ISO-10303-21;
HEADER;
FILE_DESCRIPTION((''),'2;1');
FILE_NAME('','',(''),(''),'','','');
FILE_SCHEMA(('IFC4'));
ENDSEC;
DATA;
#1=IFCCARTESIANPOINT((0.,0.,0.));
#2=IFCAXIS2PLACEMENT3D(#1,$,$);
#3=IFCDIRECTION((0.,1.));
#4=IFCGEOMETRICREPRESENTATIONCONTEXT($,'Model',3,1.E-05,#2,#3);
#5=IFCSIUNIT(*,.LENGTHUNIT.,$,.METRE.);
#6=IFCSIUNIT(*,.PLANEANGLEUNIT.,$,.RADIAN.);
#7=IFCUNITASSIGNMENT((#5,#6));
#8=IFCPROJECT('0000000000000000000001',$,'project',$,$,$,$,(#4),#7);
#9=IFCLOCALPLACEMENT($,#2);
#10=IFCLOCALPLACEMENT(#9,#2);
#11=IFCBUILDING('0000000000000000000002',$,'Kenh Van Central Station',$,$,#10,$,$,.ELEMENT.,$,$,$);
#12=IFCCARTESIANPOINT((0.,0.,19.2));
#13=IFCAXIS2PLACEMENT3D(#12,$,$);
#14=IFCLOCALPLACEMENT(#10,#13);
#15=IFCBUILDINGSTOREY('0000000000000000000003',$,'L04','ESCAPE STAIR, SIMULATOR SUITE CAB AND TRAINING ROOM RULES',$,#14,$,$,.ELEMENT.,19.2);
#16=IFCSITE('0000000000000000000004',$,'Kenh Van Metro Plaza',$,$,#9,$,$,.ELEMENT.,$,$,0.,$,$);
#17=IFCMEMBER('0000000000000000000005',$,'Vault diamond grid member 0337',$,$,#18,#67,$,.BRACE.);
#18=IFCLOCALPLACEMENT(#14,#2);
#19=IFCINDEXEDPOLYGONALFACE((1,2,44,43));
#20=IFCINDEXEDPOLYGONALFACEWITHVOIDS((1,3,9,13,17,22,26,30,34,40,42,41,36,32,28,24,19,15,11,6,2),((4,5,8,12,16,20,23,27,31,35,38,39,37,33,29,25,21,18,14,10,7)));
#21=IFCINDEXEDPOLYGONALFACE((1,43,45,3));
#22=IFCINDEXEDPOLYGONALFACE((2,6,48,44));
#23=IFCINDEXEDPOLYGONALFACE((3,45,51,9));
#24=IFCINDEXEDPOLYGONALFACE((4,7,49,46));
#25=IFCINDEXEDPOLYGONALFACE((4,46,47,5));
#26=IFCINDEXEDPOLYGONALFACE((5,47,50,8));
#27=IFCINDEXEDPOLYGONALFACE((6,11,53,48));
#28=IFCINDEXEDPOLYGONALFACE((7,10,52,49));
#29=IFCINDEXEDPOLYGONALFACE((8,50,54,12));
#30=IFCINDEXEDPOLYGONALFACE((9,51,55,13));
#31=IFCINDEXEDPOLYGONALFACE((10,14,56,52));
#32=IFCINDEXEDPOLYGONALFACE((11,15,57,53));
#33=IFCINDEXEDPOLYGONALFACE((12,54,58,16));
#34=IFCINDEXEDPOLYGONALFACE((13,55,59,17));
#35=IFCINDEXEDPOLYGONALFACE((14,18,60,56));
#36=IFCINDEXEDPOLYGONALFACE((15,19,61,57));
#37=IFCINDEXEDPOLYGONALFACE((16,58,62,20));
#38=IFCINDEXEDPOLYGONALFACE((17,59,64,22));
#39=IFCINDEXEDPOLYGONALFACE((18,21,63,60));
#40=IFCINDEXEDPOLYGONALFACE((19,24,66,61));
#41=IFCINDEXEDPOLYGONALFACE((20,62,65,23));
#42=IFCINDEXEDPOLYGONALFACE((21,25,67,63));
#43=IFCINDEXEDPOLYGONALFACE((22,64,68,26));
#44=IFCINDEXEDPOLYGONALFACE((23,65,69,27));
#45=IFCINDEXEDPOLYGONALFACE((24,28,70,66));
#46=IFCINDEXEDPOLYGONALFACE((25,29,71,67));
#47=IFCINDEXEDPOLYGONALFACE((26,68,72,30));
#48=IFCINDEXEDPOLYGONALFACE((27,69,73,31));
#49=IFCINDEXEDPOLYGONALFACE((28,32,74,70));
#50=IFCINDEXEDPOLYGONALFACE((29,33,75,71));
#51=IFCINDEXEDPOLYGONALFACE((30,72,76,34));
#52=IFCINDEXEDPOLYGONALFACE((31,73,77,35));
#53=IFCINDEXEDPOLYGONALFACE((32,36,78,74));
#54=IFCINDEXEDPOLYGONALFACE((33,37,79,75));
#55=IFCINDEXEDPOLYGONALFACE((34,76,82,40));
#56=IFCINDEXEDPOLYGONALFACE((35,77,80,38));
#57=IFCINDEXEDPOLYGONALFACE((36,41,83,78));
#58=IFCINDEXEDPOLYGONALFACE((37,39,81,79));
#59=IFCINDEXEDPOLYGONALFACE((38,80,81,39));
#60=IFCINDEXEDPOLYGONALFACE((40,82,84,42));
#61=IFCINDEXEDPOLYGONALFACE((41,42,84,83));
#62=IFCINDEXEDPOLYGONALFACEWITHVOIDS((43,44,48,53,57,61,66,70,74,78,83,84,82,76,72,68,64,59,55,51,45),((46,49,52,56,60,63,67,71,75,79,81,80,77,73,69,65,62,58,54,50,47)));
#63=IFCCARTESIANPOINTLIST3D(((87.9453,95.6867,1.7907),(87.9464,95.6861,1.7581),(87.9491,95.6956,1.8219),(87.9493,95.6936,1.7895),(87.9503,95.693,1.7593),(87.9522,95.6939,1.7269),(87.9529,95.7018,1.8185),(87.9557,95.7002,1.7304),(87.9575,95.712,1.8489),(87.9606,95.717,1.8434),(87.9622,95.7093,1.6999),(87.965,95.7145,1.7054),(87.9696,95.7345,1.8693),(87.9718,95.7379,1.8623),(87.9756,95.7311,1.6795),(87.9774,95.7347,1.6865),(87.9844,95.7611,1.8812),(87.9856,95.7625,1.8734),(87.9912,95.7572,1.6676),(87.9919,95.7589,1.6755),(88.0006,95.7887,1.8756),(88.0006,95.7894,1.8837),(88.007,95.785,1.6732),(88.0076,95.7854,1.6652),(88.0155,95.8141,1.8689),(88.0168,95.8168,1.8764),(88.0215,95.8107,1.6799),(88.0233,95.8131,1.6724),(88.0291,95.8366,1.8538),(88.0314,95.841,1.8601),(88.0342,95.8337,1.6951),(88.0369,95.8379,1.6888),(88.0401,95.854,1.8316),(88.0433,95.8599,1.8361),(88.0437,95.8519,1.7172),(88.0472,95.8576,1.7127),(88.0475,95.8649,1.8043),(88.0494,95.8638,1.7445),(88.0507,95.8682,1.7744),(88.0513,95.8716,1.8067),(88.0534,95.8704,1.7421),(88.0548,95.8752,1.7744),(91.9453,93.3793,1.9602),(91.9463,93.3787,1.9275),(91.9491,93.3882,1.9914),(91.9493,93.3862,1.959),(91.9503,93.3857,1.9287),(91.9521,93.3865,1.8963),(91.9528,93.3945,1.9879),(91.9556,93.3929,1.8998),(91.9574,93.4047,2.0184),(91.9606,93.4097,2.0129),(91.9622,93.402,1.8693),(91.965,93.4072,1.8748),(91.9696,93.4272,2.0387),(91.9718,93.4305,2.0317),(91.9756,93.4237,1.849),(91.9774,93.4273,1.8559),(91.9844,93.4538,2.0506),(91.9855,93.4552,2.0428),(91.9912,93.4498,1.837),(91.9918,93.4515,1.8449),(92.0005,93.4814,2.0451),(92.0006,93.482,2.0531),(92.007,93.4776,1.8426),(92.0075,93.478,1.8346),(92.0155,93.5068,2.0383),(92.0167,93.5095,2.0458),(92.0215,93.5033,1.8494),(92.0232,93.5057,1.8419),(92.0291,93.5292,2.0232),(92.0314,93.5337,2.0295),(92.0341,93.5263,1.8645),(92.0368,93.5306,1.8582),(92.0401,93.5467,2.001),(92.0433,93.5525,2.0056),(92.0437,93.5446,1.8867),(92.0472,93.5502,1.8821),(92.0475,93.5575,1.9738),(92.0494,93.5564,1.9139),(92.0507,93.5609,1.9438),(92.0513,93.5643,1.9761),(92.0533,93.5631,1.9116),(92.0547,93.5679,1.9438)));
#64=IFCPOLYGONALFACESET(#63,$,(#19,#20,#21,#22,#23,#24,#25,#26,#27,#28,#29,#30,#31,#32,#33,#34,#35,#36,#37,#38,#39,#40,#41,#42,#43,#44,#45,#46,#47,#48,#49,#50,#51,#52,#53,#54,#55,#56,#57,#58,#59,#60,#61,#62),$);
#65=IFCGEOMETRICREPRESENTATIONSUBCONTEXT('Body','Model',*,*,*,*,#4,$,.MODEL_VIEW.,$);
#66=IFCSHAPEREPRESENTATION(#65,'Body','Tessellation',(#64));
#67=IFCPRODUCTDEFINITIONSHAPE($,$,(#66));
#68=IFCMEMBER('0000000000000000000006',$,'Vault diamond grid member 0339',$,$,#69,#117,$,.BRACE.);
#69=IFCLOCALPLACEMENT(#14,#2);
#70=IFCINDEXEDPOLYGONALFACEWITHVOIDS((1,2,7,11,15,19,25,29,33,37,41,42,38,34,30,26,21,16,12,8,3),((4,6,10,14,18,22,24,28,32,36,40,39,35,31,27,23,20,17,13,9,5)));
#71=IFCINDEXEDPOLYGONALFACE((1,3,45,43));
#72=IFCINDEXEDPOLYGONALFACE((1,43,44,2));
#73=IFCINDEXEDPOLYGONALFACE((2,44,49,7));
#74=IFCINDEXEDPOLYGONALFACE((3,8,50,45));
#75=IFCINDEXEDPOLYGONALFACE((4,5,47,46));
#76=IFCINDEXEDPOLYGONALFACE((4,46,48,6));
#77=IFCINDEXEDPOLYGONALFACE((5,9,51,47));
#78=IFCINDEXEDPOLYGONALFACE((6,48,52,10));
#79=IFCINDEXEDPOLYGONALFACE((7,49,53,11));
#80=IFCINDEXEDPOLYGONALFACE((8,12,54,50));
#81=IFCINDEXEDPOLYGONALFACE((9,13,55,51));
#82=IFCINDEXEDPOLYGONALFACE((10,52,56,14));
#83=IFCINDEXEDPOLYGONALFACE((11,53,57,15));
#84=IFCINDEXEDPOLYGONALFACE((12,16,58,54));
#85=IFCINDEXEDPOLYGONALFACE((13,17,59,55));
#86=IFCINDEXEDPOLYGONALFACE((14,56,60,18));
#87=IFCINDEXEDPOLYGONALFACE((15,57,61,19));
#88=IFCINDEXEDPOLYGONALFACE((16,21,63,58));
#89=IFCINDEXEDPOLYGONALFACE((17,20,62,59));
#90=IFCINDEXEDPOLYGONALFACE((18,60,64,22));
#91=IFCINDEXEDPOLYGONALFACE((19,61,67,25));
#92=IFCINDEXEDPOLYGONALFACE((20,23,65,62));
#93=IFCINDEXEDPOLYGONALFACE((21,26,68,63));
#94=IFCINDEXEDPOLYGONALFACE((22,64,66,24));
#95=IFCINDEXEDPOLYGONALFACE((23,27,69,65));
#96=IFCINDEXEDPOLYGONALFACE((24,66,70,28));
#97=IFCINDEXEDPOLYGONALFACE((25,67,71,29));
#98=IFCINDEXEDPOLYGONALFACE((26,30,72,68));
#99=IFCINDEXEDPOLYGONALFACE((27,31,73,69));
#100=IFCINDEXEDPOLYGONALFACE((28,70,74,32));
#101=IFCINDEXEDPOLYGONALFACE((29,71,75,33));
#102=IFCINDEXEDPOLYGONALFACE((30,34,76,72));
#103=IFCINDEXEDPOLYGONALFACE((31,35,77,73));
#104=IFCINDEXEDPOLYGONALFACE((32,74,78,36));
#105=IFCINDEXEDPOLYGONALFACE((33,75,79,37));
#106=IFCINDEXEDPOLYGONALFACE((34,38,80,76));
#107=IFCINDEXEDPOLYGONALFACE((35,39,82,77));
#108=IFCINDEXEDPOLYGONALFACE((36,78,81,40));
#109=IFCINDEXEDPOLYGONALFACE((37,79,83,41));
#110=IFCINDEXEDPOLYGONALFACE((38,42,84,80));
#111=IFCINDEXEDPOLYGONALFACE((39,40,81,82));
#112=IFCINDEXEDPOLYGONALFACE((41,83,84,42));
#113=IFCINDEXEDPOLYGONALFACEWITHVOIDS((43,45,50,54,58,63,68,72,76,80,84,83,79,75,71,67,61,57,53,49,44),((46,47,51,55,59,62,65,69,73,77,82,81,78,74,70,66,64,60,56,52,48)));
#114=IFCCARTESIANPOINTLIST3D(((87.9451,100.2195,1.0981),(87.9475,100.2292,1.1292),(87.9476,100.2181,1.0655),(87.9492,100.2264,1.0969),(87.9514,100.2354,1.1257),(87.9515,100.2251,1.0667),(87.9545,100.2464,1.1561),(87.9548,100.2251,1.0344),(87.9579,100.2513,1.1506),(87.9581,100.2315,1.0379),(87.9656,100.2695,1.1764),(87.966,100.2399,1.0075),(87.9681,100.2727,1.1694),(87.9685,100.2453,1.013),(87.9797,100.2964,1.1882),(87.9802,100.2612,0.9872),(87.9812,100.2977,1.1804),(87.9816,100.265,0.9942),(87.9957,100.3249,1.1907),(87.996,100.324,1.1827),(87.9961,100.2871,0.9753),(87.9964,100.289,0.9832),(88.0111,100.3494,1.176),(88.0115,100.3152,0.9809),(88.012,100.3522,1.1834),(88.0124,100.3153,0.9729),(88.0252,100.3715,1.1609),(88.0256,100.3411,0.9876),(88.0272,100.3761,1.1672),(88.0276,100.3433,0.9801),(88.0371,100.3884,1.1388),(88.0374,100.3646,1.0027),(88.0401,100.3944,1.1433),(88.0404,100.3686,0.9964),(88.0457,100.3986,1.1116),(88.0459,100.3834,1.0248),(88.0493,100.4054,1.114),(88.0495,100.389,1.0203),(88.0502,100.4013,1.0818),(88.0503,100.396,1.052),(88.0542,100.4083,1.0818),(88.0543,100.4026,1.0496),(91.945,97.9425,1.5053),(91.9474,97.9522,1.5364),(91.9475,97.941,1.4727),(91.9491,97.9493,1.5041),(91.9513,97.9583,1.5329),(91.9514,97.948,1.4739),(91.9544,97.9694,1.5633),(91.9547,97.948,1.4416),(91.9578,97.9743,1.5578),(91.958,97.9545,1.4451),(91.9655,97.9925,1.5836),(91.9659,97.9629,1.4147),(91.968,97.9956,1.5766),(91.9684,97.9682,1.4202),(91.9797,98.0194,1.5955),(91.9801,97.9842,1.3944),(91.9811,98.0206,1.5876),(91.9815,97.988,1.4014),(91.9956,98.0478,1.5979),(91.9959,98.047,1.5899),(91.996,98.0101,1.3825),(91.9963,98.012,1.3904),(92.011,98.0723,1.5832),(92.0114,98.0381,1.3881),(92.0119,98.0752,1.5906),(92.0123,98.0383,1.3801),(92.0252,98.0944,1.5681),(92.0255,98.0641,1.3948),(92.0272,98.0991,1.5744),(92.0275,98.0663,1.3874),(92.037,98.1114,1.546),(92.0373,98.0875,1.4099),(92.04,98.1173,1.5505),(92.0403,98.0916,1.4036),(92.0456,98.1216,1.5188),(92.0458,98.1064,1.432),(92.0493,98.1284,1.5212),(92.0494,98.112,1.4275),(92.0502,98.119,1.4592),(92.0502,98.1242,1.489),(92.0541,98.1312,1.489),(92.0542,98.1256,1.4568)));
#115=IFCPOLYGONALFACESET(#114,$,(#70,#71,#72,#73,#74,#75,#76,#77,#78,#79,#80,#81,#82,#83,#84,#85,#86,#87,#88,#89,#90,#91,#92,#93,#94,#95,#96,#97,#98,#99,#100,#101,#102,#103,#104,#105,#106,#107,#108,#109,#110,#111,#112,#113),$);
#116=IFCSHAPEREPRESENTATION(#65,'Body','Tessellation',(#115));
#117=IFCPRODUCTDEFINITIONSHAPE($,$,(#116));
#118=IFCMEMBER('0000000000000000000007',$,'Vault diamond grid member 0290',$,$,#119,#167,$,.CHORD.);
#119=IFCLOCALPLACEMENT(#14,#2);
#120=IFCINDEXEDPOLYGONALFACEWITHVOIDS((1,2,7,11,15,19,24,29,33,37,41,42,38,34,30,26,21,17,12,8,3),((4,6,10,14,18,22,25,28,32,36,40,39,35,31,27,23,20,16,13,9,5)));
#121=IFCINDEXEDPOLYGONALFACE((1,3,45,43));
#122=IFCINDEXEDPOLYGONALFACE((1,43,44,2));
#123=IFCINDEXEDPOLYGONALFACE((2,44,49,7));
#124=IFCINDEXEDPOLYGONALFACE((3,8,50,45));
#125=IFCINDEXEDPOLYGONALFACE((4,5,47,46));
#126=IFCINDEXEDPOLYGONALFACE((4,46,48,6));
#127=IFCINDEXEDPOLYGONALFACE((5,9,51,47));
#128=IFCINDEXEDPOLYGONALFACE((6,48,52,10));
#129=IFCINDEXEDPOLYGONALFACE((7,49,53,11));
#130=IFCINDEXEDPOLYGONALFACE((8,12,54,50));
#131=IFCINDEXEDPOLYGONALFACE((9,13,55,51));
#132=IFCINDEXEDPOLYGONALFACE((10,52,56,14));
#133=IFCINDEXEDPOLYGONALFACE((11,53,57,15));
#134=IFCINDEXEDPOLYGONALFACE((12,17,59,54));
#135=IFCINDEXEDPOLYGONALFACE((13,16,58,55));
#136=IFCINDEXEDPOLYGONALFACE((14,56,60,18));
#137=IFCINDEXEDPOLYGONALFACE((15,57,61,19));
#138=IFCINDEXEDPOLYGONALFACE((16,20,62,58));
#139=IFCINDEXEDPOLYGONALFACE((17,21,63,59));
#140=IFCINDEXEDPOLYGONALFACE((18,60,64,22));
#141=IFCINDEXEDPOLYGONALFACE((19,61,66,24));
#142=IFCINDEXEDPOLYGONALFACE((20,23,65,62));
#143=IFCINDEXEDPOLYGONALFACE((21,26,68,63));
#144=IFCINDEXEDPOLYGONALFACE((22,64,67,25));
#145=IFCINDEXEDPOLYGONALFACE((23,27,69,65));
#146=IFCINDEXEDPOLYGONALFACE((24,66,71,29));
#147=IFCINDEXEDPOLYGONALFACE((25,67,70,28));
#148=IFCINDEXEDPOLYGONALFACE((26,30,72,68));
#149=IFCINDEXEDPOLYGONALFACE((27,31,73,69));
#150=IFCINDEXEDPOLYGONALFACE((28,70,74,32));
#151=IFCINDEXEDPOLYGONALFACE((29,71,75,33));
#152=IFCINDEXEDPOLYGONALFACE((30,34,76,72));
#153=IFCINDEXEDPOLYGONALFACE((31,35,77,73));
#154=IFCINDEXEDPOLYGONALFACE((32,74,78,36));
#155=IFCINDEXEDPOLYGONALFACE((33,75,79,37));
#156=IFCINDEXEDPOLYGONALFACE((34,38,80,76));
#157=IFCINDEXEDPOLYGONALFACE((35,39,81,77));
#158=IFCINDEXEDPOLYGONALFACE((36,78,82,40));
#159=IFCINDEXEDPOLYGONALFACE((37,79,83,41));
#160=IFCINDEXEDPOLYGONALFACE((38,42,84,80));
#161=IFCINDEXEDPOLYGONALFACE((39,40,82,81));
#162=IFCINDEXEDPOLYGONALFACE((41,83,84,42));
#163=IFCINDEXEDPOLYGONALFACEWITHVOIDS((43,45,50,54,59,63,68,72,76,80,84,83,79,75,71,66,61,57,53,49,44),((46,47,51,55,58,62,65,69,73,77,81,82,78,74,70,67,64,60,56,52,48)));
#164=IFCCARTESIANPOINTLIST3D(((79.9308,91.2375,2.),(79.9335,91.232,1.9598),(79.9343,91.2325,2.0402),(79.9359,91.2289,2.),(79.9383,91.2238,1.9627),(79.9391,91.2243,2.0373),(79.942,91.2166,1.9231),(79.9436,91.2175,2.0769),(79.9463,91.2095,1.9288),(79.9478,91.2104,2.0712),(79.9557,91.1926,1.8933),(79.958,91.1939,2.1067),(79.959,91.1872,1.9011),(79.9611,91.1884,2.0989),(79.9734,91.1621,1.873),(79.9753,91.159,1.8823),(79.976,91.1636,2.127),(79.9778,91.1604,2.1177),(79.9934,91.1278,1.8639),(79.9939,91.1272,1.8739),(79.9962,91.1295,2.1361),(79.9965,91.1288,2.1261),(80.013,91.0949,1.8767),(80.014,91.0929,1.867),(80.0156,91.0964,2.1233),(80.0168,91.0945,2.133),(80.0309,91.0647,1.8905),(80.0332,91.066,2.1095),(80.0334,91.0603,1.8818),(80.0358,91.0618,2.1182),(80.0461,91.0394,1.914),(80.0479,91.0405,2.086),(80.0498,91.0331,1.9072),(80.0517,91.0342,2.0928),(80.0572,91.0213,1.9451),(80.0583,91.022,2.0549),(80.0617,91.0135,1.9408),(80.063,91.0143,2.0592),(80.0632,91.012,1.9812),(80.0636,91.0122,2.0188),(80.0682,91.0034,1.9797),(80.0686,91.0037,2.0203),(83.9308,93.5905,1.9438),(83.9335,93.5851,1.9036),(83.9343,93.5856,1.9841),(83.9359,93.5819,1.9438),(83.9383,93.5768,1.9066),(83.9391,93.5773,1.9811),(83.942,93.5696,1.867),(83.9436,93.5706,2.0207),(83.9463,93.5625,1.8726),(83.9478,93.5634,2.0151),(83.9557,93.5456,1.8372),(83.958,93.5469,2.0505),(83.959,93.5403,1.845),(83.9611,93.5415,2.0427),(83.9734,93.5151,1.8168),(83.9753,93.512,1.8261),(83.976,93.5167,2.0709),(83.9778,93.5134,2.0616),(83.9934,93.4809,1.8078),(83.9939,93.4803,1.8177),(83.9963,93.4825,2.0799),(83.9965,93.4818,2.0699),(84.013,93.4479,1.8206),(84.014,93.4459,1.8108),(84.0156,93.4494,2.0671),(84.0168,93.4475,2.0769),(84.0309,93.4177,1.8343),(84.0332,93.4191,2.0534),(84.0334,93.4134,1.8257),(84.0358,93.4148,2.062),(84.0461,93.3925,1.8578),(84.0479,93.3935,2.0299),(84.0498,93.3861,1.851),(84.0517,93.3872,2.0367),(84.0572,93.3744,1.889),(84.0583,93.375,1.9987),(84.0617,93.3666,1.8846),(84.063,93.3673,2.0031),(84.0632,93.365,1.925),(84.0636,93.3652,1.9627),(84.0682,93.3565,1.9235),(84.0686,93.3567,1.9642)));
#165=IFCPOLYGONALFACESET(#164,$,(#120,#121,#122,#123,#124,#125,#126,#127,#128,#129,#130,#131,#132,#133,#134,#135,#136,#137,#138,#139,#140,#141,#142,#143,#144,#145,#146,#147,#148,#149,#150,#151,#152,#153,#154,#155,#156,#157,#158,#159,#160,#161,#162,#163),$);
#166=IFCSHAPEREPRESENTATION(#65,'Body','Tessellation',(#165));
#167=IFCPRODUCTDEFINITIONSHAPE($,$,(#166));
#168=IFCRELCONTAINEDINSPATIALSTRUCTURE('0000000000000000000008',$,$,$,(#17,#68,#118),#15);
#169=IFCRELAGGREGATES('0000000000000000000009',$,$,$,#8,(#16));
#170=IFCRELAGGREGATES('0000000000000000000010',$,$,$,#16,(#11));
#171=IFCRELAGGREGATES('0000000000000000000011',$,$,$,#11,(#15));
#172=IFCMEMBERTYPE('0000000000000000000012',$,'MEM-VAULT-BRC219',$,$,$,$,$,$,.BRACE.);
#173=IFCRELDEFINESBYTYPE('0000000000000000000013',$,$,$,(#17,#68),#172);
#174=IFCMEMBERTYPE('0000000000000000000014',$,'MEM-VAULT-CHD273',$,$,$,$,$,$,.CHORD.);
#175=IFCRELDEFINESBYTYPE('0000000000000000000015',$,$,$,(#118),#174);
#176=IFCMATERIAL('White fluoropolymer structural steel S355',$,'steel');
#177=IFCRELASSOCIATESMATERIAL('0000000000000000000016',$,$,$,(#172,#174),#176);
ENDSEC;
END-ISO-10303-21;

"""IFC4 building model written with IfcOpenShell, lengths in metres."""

from ifc_helpers import new_model, si_unit, direction, frame, origin, origin_2d, place, context, subcontext, project, spatial, hollow_circle, extrude, material, material_profile, profile_set, type_object, element, save


model = new_model("IFC4")

# Units and contexts
model_context = context("Model", 3, precision=1e-05, world=origin(), true_north=direction((0.0, 1.0)))
body_context = subcontext(model_context, "Body", "Model", "MODEL_VIEW")
ifc_project = project(units=[si_unit("LENGTHUNIT", "METRE"), si_unit("PLANEANGLEUNIT", "RADIAN")], contexts=[model_context])

# Site, building, storey
site_placement = place(None, origin())
site = spatial("IfcSite", under=ifc_project, at=site_placement, Name="Kenh Van Metro Plaza", CompositionType="ELEMENT", RefElevation=0.0)
building_placement = place(site_placement, origin())
building = spatial("IfcBuilding", under=site, at=building_placement, Name="Kenh Van Central Station", CompositionType="ELEMENT")
storey_placement = place(building_placement, frame((0.0, 0.0, 19.2)))
storey = spatial("IfcBuildingStorey", under=building, at=storey_placement, Name="L04", Description="ESCAPE STAIR, SIMULATOR SUITE CAB AND TRAINING ROOM RULES", CompositionType="ELEMENT", Elevation=19.2)

# Shared definitions
ifc_material_1 = material(Name="White fluoropolymer structural steel S355", Category="steel")

# Members
ifc_material_profile_1 = material_profile(ifc_material_1, hollow_circle(Radius=0.1096, WallThickness=0.0081, at=origin_2d()), Name="CHS 219.1x8")
ifc_profile_set_1 = profile_set([ifc_material_profile_1], Name="White fluoropolymer structural steel S355")
member_type_1 = type_object("IfcMemberType", Name="MEM-VAULT-BRC219", PredefinedType="BRACE", material=ifc_profile_set_1)
for number, where, z_axis, x_axis, name in (
    (1, (88.0, 95.7803, 1.7744), (0.865633, -0.499335, 0.036667), (0.499671, 0.866216, 0.0), "Vault diamond grid member 0337"),
):
    element("IfcMember", number, at=place(storey_placement, frame(where, z_axis=z_axis, x_axis=x_axis)), inside=storey, type_object=member_type_1, Name=name, PredefinedType="BRACE", context=body_context, shape_type="SweptSolid", body=[
        extrude(hollow_circle(Radius=0.1096, WallThickness=0.0081, at=origin_2d()), origin(), (0.0, 0.0, 1.0), 4.6208),
    ])
member_1_placement = place(storey_placement, frame((88.0, 100.313, 1.0818), z_axis=(0.865667, -0.492802, 0.088131), x_axis=(0.494727, 0.869048, 0.0)))
element("IfcMember", 2, at=member_1_placement, inside=storey, type_object=member_type_1, Name="Vault diamond grid member 0339", PredefinedType="BRACE", context=body_context, shape_type="SweptSolid", body=[
    extrude(hollow_circle(Radius=0.1096, WallThickness=0.0081, at=origin_2d()), origin(), (0.0, 0.0, 1.0), 4.6206),
])
ifc_material_profile_2 = material_profile(ifc_material_1, hollow_circle(Radius=0.1365, WallThickness=0.01, at=origin_2d()), Name="CHS 273x10")
ifc_profile_set_2 = profile_set([ifc_material_profile_2], Name="White fluoropolymer structural steel S355")
member_type_2 = type_object("IfcMemberType", Name="MEM-VAULT-CHD273", PredefinedType="CHORD", material=ifc_profile_set_2)
member_2_placement = place(storey_placement, frame((80.0, 91.1199, 2.0), z_axis=(0.861863, 0.506997, -0.012099), x_axis=(-0.507034, 0.861926, 0.0)))
element("IfcMember", 3, at=member_2_placement, inside=storey, type_object=member_type_2, Name="Vault diamond grid member 0290", PredefinedType="CHORD", context=body_context, shape_type="SweptSolid", body=[
    extrude(hollow_circle(Radius=0.1365, WallThickness=0.01, at=origin_2d()), origin(), (0.0, 0.0, 1.0), 4.6411),
])

save(model, "model.ifc")
